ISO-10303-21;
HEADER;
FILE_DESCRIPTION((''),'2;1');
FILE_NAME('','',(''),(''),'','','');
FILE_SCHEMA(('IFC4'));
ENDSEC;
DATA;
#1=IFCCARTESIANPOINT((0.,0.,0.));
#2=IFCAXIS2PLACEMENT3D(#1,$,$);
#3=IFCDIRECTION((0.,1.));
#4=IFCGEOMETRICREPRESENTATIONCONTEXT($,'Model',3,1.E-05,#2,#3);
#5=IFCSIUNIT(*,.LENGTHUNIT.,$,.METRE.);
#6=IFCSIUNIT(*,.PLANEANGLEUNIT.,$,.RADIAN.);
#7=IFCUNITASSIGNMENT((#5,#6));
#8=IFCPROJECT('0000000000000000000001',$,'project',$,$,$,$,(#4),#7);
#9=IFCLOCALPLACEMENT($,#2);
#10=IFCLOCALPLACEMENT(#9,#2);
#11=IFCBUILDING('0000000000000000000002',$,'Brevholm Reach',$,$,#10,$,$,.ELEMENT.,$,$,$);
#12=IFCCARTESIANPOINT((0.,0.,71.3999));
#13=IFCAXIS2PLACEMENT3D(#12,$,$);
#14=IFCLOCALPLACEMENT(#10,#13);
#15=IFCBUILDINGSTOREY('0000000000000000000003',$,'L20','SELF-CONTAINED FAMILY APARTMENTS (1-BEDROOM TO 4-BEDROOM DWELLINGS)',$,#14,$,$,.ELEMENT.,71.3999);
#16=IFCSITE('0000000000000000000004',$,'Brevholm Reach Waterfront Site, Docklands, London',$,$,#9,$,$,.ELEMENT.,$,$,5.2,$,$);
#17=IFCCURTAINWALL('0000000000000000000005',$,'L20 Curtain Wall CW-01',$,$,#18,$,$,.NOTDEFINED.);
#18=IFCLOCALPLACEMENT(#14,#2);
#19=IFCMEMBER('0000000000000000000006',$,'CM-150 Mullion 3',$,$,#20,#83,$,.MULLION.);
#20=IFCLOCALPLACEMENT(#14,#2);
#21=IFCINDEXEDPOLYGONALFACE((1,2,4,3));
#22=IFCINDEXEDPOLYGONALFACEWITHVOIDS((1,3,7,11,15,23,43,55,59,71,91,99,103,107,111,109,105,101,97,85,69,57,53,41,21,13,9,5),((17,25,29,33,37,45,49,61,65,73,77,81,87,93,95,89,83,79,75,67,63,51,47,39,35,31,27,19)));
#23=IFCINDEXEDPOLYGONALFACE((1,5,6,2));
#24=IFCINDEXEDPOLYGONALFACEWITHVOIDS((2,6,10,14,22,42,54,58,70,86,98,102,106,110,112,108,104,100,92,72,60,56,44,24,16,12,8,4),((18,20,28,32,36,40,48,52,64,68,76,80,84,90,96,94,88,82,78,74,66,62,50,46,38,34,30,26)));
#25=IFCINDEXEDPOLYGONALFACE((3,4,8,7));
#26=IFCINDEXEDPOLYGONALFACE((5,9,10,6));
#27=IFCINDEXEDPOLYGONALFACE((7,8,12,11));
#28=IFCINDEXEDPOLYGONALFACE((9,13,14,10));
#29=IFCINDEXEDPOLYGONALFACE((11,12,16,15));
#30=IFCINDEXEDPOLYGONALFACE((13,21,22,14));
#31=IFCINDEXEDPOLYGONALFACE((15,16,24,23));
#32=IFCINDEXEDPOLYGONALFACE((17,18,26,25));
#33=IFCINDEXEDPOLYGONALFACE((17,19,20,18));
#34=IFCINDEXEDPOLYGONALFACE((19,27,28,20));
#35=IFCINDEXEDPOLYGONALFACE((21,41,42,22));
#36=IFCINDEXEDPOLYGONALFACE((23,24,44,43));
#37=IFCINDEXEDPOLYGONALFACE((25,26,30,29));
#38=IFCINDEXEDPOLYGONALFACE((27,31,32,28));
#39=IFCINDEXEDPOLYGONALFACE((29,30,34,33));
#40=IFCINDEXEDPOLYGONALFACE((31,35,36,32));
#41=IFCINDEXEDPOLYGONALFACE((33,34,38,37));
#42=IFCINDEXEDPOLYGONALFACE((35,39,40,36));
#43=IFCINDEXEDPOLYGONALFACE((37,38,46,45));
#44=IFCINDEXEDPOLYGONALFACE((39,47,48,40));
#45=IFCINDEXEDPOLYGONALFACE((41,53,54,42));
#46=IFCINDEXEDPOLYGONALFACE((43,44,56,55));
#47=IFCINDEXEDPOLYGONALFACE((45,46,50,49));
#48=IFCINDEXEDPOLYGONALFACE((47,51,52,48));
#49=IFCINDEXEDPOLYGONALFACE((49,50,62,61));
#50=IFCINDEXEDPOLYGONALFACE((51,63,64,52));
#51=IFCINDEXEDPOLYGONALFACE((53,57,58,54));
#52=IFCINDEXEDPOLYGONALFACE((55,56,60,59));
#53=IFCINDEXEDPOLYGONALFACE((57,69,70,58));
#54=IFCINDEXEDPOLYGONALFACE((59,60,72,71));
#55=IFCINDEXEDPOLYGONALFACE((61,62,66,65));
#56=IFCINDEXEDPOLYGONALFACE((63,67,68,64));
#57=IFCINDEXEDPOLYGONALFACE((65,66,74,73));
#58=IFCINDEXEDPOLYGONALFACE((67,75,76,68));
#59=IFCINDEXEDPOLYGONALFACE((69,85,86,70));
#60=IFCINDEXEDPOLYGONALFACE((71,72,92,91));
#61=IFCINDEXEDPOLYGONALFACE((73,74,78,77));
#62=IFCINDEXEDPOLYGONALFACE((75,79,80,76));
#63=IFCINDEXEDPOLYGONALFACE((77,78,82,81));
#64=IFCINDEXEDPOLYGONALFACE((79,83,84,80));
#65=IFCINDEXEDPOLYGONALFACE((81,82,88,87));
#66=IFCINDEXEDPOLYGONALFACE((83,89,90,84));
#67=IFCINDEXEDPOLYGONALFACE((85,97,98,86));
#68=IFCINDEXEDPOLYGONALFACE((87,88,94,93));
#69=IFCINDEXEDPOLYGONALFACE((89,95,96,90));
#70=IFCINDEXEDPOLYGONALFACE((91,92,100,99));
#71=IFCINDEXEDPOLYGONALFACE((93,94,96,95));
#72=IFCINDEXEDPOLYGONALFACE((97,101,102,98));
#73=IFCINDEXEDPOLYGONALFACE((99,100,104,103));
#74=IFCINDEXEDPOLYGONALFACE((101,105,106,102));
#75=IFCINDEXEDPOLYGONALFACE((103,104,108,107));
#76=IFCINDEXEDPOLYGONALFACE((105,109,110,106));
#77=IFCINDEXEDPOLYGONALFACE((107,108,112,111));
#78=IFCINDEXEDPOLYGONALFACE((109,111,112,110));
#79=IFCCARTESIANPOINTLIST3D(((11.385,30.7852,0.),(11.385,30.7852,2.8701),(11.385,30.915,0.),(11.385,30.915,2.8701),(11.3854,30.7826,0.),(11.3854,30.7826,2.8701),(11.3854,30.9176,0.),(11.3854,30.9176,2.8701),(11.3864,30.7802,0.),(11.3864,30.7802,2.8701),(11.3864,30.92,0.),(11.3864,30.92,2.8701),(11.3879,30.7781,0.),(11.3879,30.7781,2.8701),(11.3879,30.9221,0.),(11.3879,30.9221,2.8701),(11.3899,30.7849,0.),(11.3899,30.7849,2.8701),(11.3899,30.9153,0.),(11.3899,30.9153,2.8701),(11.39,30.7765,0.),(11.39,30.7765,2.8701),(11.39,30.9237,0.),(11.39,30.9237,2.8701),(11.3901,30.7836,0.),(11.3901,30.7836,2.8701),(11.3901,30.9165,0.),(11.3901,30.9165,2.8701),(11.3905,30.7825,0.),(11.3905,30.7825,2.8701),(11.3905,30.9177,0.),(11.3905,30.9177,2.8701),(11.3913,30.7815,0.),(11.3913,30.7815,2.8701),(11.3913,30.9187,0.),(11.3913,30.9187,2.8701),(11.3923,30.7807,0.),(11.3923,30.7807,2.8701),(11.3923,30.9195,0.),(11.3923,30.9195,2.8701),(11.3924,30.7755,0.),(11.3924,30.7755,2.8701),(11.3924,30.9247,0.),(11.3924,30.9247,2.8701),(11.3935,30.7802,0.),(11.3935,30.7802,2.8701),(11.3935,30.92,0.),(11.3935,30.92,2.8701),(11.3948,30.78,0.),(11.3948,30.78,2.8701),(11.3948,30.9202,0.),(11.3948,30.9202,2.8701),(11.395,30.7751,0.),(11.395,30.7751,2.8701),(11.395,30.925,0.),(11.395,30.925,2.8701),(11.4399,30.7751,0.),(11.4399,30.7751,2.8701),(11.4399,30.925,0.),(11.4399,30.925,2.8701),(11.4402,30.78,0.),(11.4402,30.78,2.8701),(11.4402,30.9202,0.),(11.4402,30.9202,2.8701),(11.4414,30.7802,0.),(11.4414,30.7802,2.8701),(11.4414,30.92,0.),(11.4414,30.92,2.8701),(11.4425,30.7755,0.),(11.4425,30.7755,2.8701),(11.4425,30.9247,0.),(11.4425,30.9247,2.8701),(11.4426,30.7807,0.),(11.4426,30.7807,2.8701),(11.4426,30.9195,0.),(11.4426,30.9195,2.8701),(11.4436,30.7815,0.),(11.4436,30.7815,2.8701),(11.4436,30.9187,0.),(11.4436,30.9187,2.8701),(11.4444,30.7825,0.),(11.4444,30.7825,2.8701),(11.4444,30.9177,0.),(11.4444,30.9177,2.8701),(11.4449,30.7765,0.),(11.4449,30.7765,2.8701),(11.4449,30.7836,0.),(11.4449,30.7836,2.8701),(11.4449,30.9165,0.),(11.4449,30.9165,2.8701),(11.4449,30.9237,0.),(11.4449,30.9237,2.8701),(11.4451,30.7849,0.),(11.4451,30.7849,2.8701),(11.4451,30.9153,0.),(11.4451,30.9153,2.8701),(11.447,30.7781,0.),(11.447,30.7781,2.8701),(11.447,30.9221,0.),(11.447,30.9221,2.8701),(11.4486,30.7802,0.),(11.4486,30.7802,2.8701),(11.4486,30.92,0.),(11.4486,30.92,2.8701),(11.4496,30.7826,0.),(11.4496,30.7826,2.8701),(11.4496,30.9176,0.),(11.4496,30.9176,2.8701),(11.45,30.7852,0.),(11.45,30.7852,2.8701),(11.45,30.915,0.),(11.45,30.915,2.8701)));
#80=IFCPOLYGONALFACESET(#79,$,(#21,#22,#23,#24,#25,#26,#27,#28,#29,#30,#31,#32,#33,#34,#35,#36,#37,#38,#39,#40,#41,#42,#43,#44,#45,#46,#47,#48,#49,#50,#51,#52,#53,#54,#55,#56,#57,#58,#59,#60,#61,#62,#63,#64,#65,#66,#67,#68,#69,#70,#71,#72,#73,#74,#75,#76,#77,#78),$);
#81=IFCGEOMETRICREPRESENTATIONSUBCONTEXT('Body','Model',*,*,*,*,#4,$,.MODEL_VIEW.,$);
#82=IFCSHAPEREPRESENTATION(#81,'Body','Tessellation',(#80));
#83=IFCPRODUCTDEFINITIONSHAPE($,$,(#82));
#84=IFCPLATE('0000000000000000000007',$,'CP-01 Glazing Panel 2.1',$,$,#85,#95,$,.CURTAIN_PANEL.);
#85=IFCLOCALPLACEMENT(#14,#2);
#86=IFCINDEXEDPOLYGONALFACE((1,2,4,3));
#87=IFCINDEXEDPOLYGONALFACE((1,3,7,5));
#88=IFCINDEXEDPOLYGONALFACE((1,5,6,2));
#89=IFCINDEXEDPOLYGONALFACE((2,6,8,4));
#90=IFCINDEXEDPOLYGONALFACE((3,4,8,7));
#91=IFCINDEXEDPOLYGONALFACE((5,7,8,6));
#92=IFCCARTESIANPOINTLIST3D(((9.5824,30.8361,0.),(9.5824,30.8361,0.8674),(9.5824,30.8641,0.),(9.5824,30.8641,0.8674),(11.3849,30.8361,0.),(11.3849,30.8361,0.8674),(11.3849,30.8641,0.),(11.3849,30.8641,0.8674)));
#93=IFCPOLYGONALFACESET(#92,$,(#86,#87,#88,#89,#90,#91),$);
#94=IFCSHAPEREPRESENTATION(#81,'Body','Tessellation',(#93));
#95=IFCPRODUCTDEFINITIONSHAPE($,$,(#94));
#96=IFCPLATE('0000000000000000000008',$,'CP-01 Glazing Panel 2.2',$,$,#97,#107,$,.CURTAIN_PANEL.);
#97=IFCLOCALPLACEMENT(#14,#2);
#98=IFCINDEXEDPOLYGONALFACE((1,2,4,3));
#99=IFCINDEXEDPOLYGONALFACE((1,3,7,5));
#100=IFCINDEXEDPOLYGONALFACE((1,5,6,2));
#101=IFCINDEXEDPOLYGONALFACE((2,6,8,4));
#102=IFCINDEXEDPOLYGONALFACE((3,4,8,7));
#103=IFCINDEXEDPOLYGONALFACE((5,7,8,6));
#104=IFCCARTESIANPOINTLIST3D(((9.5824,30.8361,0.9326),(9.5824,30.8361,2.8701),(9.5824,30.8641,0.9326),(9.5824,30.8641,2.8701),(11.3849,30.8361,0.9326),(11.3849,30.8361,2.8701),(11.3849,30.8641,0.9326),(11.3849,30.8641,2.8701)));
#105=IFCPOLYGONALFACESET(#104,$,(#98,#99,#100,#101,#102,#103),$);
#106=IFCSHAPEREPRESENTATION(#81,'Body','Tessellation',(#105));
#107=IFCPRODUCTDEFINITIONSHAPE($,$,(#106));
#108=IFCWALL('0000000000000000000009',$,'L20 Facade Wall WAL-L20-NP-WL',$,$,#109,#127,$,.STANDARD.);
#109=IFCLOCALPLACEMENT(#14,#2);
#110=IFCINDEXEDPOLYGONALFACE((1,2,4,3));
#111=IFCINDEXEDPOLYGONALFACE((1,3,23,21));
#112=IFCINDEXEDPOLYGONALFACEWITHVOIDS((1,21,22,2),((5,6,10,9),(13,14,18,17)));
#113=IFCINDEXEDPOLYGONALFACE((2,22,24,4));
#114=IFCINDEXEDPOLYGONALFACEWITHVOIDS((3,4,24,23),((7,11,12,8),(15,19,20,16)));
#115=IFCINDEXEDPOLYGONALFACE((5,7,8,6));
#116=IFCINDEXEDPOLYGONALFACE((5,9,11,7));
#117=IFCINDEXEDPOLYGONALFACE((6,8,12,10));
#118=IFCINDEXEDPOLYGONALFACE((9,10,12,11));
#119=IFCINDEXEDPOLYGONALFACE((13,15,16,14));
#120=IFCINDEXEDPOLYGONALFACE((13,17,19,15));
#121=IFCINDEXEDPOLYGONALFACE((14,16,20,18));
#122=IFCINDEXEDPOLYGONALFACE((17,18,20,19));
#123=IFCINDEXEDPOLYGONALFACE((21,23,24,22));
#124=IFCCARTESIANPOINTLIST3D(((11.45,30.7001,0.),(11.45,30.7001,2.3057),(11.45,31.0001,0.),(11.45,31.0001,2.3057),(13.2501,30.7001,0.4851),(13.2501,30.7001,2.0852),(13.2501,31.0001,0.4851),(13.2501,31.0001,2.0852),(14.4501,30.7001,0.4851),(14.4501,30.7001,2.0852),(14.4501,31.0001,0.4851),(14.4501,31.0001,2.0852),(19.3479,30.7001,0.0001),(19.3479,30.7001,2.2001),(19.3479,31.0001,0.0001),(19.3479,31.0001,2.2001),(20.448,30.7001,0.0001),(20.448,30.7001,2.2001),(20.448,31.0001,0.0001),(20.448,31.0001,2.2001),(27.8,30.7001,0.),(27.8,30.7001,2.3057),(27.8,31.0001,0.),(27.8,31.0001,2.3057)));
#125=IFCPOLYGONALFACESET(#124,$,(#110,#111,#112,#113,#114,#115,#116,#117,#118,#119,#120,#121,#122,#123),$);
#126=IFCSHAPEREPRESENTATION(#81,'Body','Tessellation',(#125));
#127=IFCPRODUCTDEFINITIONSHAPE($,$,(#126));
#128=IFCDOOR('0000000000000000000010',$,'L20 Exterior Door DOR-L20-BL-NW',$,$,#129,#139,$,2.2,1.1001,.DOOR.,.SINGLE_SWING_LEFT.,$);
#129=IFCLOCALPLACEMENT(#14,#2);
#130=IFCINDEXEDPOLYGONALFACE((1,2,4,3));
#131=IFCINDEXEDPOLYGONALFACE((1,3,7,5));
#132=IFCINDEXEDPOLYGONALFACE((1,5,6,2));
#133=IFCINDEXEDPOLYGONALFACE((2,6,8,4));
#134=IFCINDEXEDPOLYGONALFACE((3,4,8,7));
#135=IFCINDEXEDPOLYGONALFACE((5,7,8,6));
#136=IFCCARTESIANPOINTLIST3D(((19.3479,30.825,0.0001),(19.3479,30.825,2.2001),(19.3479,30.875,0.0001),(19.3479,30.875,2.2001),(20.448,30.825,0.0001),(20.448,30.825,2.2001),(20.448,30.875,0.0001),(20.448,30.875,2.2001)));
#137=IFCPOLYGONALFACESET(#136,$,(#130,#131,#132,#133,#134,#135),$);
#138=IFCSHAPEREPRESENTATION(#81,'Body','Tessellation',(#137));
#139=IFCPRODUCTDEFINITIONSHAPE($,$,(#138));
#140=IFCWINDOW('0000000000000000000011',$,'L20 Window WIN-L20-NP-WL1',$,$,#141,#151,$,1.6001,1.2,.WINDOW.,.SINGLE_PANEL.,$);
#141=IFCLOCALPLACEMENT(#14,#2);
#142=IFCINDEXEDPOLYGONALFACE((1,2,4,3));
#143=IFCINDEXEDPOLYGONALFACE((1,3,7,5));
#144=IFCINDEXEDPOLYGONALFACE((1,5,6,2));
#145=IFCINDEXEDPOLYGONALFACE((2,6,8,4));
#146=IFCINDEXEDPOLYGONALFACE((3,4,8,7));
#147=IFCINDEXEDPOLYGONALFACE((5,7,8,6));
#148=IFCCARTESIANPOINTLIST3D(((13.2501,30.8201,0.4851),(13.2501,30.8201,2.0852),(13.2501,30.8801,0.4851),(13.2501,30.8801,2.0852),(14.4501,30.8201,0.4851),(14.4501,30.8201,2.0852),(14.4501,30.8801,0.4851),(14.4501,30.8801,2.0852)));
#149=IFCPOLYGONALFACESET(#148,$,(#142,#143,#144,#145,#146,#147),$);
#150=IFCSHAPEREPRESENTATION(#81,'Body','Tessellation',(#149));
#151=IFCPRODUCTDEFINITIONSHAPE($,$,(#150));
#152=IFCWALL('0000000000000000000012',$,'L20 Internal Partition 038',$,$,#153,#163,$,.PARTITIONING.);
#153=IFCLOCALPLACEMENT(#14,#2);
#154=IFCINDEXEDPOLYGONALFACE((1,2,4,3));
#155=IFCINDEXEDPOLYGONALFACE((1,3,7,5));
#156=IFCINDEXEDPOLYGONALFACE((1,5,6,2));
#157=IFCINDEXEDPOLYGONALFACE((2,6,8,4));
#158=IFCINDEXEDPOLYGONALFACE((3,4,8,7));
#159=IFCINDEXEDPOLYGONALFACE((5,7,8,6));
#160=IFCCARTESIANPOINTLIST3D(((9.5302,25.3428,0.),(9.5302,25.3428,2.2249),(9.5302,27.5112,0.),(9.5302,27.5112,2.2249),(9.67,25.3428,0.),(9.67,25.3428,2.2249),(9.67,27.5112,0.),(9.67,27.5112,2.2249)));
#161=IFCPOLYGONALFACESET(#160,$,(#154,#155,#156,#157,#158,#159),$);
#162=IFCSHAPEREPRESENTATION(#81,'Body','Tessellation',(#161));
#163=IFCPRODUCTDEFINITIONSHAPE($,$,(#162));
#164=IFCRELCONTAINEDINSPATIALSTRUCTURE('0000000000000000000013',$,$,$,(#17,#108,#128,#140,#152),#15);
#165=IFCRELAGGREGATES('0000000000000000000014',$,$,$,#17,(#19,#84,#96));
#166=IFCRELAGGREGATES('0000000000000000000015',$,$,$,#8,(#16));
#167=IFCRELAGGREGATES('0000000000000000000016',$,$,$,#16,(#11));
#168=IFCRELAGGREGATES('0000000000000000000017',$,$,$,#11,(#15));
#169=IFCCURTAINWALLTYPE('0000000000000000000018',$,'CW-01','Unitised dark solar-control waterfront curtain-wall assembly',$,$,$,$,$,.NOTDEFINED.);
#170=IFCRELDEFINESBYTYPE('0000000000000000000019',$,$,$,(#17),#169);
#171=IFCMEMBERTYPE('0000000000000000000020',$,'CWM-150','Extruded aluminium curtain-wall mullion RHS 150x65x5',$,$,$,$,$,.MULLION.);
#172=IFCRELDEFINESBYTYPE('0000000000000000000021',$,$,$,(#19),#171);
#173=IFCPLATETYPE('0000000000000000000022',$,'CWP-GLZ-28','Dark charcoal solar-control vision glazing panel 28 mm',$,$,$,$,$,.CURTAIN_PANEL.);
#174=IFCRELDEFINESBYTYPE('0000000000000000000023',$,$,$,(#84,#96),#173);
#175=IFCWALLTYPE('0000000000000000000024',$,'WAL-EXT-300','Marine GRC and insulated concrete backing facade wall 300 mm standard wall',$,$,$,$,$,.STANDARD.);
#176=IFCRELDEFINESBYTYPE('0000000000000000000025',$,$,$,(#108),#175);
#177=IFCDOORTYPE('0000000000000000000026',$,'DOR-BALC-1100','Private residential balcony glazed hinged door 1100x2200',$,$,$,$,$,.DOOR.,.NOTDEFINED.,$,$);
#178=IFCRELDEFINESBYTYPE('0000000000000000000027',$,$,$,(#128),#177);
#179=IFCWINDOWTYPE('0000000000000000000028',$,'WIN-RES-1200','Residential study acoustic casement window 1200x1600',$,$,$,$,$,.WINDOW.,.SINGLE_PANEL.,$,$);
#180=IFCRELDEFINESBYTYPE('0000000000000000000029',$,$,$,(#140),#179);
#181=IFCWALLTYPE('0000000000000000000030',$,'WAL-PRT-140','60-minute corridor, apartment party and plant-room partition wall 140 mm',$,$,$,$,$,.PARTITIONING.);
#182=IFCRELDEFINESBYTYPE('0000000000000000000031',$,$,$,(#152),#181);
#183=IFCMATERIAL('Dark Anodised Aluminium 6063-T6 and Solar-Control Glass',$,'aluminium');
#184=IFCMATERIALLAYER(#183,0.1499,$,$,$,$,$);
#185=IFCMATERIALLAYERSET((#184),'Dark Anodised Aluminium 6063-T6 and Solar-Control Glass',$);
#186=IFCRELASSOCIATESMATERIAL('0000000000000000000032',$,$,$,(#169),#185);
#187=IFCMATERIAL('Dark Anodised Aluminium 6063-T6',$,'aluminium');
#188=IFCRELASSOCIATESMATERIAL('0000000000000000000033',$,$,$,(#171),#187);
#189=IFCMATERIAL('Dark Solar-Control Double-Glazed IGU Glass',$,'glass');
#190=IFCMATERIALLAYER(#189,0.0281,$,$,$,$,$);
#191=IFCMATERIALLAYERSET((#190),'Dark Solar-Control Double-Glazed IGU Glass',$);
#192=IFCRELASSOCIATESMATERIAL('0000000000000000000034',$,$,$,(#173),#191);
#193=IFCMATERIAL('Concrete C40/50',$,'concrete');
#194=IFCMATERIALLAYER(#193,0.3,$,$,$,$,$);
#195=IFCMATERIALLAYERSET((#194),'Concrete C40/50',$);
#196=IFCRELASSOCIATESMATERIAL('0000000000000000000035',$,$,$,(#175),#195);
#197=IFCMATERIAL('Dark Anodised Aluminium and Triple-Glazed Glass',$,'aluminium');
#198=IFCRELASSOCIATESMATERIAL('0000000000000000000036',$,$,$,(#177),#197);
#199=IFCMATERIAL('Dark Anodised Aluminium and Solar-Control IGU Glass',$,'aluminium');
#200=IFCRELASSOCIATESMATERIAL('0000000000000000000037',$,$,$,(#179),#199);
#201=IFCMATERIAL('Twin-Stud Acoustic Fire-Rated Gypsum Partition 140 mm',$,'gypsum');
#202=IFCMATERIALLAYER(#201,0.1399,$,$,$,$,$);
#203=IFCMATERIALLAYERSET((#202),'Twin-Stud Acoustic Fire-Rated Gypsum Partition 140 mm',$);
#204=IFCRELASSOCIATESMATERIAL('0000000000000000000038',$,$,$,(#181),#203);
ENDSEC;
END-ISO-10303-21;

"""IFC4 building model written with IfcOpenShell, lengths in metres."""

from ifc_helpers import new_model, si_unit, direction, frame, frame_2d, origin, origin_2d, place, context, subcontext, project, spatial, rectangle, hollow_rectangle, extrude, material, layer, layer_set, material_profile, profile_set, type_object, element, fill, aggregate, save


model = new_model("IFC4")

# Units and contexts
model_context = context("Model", 3, precision=1e-05, world=origin(), true_north=direction((0.0, 1.0)))
body_context = subcontext(model_context, "Body", "Model", "MODEL_VIEW")
ifc_project = project(units=[si_unit("LENGTHUNIT", "METRE"), si_unit("PLANEANGLEUNIT", "RADIAN")], contexts=[model_context])

# Site, building, storey
site_placement = place(None, origin())
site = spatial("IfcSite", under=ifc_project, at=site_placement, Name="Brevholm Reach Waterfront Site, Docklands, London", CompositionType="ELEMENT", RefElevation=5.2)
building_placement = place(site_placement, origin())
building = spatial("IfcBuilding", under=site, at=building_placement, Name="Brevholm Reach", CompositionType="ELEMENT")
storey_placement = place(building_placement, frame((0.0, 0.0, 71.3999)))
storey = spatial("IfcBuildingStorey", under=building, at=storey_placement, Name="L20", Description="SELF-CONTAINED FAMILY APARTMENTS (1-BEDROOM TO 4-BEDROOM DWELLINGS)", CompositionType="ELEMENT", Elevation=71.3999)

# Curtain wall, member, plates
ifc_material_1 = material(Name="Dark Anodised Aluminium 6063-T6 and Solar-Control Glass", Category="aluminium")
ifc_layer_1 = layer(ifc_material_1, 0.1499)
ifc_layer_set_1 = layer_set([ifc_layer_1], Name="Dark Anodised Aluminium 6063-T6 and Solar-Control Glass")
curtain_wall_type = type_object("IfcCurtainWallType", Name="CW-01", Description="Unitised dark solar-control waterfront curtain-wall assembly", PredefinedType="NOTDEFINED", material=ifc_layer_set_1)
curtain_wall_placement = place(storey_placement, origin())
curtain_wall = element("IfcCurtainWall", 1, at=curtain_wall_placement, inside=storey, type_object=curtain_wall_type, Name="L20 Curtain Wall CW-01", PredefinedType="NOTDEFINED")
ifc_material_2 = material(Name="Dark Anodised Aluminium 6063-T6", Category="aluminium")
ifc_material_profile_1 = material_profile(ifc_material_2, hollow_rectangle(XDim=0.0649, YDim=0.1499, WallThickness=0.0049, InnerFilletRadius=0.0049, OuterFilletRadius=0.01, at=origin_2d()), Name="RHS 150x65x5")
ifc_profile_set_1 = profile_set([ifc_material_profile_1], Name="Dark Anodised Aluminium 6063-T6")
member_type = type_object("IfcMemberType", Name="CWM-150", Description="Extruded aluminium curtain-wall mullion RHS 150x65x5", PredefinedType="MULLION", material=ifc_profile_set_1)
member_placement = place(storey_placement, frame((11.4175, 30.8501, 0.0), z_axis=(0.0, 0.0, 1.0), x_axis=(1.0, 0.0, 0.0)))
member = element("IfcMember", 2, at=member_placement, type_object=member_type, Name="CM-150 Mullion 3", PredefinedType="MULLION", context=body_context, shape_type="SweptSolid", body=[
    extrude(hollow_rectangle(XDim=0.0649, YDim=0.1499, WallThickness=0.0049, InnerFilletRadius=0.0049, OuterFilletRadius=0.01, at=origin_2d()), origin(), (0.0, 0.0, 1.0), 2.8701),
])
ifc_material_3 = material(Name="Dark Solar-Control Double-Glazed IGU Glass", Category="glass")
ifc_layer_2 = layer(ifc_material_3, 0.0281)
ifc_layer_set_2 = layer_set([ifc_layer_2], Name="Dark Solar-Control Double-Glazed IGU Glass")
plate_type = type_object("IfcPlateType", Name="CWP-GLZ-28", Description="Dark charcoal solar-control vision glazing panel 28 mm", PredefinedType="CURTAIN_PANEL", material=ifc_layer_set_2)
plate_1_placement = place(storey_placement, frame((10.4836, 30.8501, 0.0), z_axis=(0.0, 0.0, 1.0), x_axis=(1.0, 0.0, 0.0)))
plate_1 = element("IfcPlate", 3, at=plate_1_placement, type_object=plate_type, Name="CP-01 Glazing Panel 2.1", PredefinedType="CURTAIN_PANEL", context=body_context, shape_type="SweptSolid", body=[
    extrude(rectangle(XDim=1.8025, YDim=0.0281, at=origin_2d()), origin(), (0.0, 0.0, 1.0), 0.8674),
])
plate_2_placement = place(storey_placement, frame((10.4836, 30.8501, 0.9326), z_axis=(0.0, 0.0, 1.0), x_axis=(1.0, 0.0, 0.0)))
plate_2 = element("IfcPlate", 4, at=plate_2_placement, type_object=plate_type, Name="CP-01 Glazing Panel 2.2", PredefinedType="CURTAIN_PANEL", context=body_context, shape_type="SweptSolid", body=[
    extrude(rectangle(XDim=1.8025, YDim=0.0281, at=origin_2d()), origin(), (0.0, 0.0, 1.0), 1.9375),
])
aggregate(curtain_wall, [member, plate_1, plate_2])

# Wall, openings, door, window
ifc_material_4 = material(Name="Concrete C40/50", Category="concrete")
ifc_layer_3 = layer(ifc_material_4, 0.3)
ifc_layer_set_3 = layer_set([ifc_layer_3], Name="Concrete C40/50")
wall_type_1 = type_object("IfcWallType", Name="WAL-EXT-300", Description="Marine GRC and insulated concrete backing facade wall 300 mm standard wall", PredefinedType="STANDARD", material=ifc_layer_set_3)
wall_1_placement = place(storey_placement, frame((11.45, 30.8501, 0.0), z_axis=(0.0, 0.0, 1.0), x_axis=(1.0, 0.0, 0.0)))
wall_1 = element("IfcWall", 5, at=wall_1_placement, inside=storey, type_object=wall_type_1, Name="L20 Facade Wall WAL-L20-NP-WL", PredefinedType="STANDARD", context=body_context, shape_type="SweptSolid", body=[
    extrude(rectangle(XDim=16.3501, YDim=0.3, at=frame_2d((8.175, 0.0))), origin(), (0.0, 0.0, 1.0), 2.3057),
])
opening_1_placement = place(wall_1_placement, frame((7.8979, 0.0, 0.0)))
opening_1 = element("IfcOpeningElement", 6, at=opening_1_placement, cuts=wall_1, PredefinedType="OPENING", context=body_context, shape_type="SweptSolid", body=[
    extrude(rectangle(XDim=1.1001, YDim=2.2, at=frame_2d((0.55, 1.1001))), frame((0.0, 0.1599, 0.0), z_axis=(0.0, -1.0, 0.0), x_axis=(1.0, 0.0, 0.0)), (0.0, 0.0, 1.0), 0.3201),
])
opening_2_placement = place(wall_1_placement, frame((1.8, 0.0, 0.4851)))
opening_2 = element("IfcOpeningElement", 7, at=opening_2_placement, cuts=wall_1, PredefinedType="OPENING", context=body_context, shape_type="SweptSolid", body=[
    extrude(rectangle(XDim=1.2, YDim=1.6001, at=frame_2d((0.6001, 0.8))), frame((0.0, 0.1599, 0.0), z_axis=(0.0, -1.0, 0.0), x_axis=(1.0, 0.0, 0.0)), (0.0, 0.0, 1.0), 0.3201),
])
ifc_material_5 = material(Name="Dark Anodised Aluminium and Triple-Glazed Glass", Category="aluminium")
door_type_1 = type_object("IfcDoorType", Name="DOR-BALC-1100", Description="Private residential balcony glazed hinged door 1100x2200", OperationType="NOTDEFINED", PredefinedType="DOOR", material=ifc_material_5)
door_1_placement = place(opening_1_placement, origin())
door_1 = element("IfcDoor", 8, at=door_1_placement, inside=storey, type_object=door_type_1, Name="L20 Exterior Door DOR-L20-BL-NW", OperationType="SINGLE_SWING_LEFT", OverallHeight=2.2, OverallWidth=1.1001, PredefinedType="DOOR", context=body_context, shape_type="SweptSolid", body=[
    extrude(rectangle(XDim=1.1001, YDim=2.2, at=frame_2d((0.55, 1.1001))), frame((0.0, 0.0249, 0.0), z_axis=(0.0, -1.0, 0.0), x_axis=(1.0, 0.0, 0.0)), (0.0, 0.0, 1.0), 0.05),
])
fill(opening_1, door_1)
ifc_material_6 = material(Name="Dark Anodised Aluminium and Solar-Control IGU Glass", Category="aluminium")
window_type = type_object("IfcWindowType", Name="WIN-RES-1200", Description="Residential study acoustic casement window 1200x1600", PartitioningType="SINGLE_PANEL", PredefinedType="WINDOW", material=ifc_material_6)
window_placement = place(opening_2_placement, origin())
window = element("IfcWindow", 9, at=window_placement, inside=storey, type_object=window_type, Name="L20 Window WIN-L20-NP-WL1", OverallHeight=1.6001, OverallWidth=1.2, PartitioningType="SINGLE_PANEL", PredefinedType="WINDOW", context=body_context, shape_type="SweptSolid", body=[
    extrude(rectangle(XDim=1.2, YDim=1.6001, at=frame_2d((0.6001, 0.8))), frame((0.0, 0.03, 0.0), z_axis=(0.0, -1.0, 0.0), x_axis=(1.0, 0.0, 0.0)), (0.0, 0.0, 1.0), 0.0601),
])
fill(opening_2, window)

# Wall
ifc_material_7 = material(Name="Twin-Stud Acoustic Fire-Rated Gypsum Partition 140 mm", Category="gypsum")
ifc_layer_4 = layer(ifc_material_7, 0.1399)
ifc_layer_set_4 = layer_set([ifc_layer_4], Name="Twin-Stud Acoustic Fire-Rated Gypsum Partition 140 mm")
wall_type_2 = type_object("IfcWallType", Name="WAL-PRT-140", Description="60-minute corridor, apartment party and plant-room partition wall 140 mm", PredefinedType="PARTITIONING", material=ifc_layer_set_4)
wall_2_placement = place(storey_placement, frame((9.6001, 25.3428, 0.0), z_axis=(0.0, 0.0, 1.0), x_axis=(0.0, 1.0, 0.0)))
element("IfcWall", 10, at=wall_2_placement, inside=storey, type_object=wall_type_2, Name="L20 Internal Partition 038", PredefinedType="PARTITIONING", context=body_context, shape_type="SweptSolid", body=[
    extrude(rectangle(XDim=2.1685, YDim=0.1399, at=frame_2d((1.0842, 0.0))), origin(), (0.0, 0.0, 1.0), 2.2249),
])

save(model, "model.ifc")
